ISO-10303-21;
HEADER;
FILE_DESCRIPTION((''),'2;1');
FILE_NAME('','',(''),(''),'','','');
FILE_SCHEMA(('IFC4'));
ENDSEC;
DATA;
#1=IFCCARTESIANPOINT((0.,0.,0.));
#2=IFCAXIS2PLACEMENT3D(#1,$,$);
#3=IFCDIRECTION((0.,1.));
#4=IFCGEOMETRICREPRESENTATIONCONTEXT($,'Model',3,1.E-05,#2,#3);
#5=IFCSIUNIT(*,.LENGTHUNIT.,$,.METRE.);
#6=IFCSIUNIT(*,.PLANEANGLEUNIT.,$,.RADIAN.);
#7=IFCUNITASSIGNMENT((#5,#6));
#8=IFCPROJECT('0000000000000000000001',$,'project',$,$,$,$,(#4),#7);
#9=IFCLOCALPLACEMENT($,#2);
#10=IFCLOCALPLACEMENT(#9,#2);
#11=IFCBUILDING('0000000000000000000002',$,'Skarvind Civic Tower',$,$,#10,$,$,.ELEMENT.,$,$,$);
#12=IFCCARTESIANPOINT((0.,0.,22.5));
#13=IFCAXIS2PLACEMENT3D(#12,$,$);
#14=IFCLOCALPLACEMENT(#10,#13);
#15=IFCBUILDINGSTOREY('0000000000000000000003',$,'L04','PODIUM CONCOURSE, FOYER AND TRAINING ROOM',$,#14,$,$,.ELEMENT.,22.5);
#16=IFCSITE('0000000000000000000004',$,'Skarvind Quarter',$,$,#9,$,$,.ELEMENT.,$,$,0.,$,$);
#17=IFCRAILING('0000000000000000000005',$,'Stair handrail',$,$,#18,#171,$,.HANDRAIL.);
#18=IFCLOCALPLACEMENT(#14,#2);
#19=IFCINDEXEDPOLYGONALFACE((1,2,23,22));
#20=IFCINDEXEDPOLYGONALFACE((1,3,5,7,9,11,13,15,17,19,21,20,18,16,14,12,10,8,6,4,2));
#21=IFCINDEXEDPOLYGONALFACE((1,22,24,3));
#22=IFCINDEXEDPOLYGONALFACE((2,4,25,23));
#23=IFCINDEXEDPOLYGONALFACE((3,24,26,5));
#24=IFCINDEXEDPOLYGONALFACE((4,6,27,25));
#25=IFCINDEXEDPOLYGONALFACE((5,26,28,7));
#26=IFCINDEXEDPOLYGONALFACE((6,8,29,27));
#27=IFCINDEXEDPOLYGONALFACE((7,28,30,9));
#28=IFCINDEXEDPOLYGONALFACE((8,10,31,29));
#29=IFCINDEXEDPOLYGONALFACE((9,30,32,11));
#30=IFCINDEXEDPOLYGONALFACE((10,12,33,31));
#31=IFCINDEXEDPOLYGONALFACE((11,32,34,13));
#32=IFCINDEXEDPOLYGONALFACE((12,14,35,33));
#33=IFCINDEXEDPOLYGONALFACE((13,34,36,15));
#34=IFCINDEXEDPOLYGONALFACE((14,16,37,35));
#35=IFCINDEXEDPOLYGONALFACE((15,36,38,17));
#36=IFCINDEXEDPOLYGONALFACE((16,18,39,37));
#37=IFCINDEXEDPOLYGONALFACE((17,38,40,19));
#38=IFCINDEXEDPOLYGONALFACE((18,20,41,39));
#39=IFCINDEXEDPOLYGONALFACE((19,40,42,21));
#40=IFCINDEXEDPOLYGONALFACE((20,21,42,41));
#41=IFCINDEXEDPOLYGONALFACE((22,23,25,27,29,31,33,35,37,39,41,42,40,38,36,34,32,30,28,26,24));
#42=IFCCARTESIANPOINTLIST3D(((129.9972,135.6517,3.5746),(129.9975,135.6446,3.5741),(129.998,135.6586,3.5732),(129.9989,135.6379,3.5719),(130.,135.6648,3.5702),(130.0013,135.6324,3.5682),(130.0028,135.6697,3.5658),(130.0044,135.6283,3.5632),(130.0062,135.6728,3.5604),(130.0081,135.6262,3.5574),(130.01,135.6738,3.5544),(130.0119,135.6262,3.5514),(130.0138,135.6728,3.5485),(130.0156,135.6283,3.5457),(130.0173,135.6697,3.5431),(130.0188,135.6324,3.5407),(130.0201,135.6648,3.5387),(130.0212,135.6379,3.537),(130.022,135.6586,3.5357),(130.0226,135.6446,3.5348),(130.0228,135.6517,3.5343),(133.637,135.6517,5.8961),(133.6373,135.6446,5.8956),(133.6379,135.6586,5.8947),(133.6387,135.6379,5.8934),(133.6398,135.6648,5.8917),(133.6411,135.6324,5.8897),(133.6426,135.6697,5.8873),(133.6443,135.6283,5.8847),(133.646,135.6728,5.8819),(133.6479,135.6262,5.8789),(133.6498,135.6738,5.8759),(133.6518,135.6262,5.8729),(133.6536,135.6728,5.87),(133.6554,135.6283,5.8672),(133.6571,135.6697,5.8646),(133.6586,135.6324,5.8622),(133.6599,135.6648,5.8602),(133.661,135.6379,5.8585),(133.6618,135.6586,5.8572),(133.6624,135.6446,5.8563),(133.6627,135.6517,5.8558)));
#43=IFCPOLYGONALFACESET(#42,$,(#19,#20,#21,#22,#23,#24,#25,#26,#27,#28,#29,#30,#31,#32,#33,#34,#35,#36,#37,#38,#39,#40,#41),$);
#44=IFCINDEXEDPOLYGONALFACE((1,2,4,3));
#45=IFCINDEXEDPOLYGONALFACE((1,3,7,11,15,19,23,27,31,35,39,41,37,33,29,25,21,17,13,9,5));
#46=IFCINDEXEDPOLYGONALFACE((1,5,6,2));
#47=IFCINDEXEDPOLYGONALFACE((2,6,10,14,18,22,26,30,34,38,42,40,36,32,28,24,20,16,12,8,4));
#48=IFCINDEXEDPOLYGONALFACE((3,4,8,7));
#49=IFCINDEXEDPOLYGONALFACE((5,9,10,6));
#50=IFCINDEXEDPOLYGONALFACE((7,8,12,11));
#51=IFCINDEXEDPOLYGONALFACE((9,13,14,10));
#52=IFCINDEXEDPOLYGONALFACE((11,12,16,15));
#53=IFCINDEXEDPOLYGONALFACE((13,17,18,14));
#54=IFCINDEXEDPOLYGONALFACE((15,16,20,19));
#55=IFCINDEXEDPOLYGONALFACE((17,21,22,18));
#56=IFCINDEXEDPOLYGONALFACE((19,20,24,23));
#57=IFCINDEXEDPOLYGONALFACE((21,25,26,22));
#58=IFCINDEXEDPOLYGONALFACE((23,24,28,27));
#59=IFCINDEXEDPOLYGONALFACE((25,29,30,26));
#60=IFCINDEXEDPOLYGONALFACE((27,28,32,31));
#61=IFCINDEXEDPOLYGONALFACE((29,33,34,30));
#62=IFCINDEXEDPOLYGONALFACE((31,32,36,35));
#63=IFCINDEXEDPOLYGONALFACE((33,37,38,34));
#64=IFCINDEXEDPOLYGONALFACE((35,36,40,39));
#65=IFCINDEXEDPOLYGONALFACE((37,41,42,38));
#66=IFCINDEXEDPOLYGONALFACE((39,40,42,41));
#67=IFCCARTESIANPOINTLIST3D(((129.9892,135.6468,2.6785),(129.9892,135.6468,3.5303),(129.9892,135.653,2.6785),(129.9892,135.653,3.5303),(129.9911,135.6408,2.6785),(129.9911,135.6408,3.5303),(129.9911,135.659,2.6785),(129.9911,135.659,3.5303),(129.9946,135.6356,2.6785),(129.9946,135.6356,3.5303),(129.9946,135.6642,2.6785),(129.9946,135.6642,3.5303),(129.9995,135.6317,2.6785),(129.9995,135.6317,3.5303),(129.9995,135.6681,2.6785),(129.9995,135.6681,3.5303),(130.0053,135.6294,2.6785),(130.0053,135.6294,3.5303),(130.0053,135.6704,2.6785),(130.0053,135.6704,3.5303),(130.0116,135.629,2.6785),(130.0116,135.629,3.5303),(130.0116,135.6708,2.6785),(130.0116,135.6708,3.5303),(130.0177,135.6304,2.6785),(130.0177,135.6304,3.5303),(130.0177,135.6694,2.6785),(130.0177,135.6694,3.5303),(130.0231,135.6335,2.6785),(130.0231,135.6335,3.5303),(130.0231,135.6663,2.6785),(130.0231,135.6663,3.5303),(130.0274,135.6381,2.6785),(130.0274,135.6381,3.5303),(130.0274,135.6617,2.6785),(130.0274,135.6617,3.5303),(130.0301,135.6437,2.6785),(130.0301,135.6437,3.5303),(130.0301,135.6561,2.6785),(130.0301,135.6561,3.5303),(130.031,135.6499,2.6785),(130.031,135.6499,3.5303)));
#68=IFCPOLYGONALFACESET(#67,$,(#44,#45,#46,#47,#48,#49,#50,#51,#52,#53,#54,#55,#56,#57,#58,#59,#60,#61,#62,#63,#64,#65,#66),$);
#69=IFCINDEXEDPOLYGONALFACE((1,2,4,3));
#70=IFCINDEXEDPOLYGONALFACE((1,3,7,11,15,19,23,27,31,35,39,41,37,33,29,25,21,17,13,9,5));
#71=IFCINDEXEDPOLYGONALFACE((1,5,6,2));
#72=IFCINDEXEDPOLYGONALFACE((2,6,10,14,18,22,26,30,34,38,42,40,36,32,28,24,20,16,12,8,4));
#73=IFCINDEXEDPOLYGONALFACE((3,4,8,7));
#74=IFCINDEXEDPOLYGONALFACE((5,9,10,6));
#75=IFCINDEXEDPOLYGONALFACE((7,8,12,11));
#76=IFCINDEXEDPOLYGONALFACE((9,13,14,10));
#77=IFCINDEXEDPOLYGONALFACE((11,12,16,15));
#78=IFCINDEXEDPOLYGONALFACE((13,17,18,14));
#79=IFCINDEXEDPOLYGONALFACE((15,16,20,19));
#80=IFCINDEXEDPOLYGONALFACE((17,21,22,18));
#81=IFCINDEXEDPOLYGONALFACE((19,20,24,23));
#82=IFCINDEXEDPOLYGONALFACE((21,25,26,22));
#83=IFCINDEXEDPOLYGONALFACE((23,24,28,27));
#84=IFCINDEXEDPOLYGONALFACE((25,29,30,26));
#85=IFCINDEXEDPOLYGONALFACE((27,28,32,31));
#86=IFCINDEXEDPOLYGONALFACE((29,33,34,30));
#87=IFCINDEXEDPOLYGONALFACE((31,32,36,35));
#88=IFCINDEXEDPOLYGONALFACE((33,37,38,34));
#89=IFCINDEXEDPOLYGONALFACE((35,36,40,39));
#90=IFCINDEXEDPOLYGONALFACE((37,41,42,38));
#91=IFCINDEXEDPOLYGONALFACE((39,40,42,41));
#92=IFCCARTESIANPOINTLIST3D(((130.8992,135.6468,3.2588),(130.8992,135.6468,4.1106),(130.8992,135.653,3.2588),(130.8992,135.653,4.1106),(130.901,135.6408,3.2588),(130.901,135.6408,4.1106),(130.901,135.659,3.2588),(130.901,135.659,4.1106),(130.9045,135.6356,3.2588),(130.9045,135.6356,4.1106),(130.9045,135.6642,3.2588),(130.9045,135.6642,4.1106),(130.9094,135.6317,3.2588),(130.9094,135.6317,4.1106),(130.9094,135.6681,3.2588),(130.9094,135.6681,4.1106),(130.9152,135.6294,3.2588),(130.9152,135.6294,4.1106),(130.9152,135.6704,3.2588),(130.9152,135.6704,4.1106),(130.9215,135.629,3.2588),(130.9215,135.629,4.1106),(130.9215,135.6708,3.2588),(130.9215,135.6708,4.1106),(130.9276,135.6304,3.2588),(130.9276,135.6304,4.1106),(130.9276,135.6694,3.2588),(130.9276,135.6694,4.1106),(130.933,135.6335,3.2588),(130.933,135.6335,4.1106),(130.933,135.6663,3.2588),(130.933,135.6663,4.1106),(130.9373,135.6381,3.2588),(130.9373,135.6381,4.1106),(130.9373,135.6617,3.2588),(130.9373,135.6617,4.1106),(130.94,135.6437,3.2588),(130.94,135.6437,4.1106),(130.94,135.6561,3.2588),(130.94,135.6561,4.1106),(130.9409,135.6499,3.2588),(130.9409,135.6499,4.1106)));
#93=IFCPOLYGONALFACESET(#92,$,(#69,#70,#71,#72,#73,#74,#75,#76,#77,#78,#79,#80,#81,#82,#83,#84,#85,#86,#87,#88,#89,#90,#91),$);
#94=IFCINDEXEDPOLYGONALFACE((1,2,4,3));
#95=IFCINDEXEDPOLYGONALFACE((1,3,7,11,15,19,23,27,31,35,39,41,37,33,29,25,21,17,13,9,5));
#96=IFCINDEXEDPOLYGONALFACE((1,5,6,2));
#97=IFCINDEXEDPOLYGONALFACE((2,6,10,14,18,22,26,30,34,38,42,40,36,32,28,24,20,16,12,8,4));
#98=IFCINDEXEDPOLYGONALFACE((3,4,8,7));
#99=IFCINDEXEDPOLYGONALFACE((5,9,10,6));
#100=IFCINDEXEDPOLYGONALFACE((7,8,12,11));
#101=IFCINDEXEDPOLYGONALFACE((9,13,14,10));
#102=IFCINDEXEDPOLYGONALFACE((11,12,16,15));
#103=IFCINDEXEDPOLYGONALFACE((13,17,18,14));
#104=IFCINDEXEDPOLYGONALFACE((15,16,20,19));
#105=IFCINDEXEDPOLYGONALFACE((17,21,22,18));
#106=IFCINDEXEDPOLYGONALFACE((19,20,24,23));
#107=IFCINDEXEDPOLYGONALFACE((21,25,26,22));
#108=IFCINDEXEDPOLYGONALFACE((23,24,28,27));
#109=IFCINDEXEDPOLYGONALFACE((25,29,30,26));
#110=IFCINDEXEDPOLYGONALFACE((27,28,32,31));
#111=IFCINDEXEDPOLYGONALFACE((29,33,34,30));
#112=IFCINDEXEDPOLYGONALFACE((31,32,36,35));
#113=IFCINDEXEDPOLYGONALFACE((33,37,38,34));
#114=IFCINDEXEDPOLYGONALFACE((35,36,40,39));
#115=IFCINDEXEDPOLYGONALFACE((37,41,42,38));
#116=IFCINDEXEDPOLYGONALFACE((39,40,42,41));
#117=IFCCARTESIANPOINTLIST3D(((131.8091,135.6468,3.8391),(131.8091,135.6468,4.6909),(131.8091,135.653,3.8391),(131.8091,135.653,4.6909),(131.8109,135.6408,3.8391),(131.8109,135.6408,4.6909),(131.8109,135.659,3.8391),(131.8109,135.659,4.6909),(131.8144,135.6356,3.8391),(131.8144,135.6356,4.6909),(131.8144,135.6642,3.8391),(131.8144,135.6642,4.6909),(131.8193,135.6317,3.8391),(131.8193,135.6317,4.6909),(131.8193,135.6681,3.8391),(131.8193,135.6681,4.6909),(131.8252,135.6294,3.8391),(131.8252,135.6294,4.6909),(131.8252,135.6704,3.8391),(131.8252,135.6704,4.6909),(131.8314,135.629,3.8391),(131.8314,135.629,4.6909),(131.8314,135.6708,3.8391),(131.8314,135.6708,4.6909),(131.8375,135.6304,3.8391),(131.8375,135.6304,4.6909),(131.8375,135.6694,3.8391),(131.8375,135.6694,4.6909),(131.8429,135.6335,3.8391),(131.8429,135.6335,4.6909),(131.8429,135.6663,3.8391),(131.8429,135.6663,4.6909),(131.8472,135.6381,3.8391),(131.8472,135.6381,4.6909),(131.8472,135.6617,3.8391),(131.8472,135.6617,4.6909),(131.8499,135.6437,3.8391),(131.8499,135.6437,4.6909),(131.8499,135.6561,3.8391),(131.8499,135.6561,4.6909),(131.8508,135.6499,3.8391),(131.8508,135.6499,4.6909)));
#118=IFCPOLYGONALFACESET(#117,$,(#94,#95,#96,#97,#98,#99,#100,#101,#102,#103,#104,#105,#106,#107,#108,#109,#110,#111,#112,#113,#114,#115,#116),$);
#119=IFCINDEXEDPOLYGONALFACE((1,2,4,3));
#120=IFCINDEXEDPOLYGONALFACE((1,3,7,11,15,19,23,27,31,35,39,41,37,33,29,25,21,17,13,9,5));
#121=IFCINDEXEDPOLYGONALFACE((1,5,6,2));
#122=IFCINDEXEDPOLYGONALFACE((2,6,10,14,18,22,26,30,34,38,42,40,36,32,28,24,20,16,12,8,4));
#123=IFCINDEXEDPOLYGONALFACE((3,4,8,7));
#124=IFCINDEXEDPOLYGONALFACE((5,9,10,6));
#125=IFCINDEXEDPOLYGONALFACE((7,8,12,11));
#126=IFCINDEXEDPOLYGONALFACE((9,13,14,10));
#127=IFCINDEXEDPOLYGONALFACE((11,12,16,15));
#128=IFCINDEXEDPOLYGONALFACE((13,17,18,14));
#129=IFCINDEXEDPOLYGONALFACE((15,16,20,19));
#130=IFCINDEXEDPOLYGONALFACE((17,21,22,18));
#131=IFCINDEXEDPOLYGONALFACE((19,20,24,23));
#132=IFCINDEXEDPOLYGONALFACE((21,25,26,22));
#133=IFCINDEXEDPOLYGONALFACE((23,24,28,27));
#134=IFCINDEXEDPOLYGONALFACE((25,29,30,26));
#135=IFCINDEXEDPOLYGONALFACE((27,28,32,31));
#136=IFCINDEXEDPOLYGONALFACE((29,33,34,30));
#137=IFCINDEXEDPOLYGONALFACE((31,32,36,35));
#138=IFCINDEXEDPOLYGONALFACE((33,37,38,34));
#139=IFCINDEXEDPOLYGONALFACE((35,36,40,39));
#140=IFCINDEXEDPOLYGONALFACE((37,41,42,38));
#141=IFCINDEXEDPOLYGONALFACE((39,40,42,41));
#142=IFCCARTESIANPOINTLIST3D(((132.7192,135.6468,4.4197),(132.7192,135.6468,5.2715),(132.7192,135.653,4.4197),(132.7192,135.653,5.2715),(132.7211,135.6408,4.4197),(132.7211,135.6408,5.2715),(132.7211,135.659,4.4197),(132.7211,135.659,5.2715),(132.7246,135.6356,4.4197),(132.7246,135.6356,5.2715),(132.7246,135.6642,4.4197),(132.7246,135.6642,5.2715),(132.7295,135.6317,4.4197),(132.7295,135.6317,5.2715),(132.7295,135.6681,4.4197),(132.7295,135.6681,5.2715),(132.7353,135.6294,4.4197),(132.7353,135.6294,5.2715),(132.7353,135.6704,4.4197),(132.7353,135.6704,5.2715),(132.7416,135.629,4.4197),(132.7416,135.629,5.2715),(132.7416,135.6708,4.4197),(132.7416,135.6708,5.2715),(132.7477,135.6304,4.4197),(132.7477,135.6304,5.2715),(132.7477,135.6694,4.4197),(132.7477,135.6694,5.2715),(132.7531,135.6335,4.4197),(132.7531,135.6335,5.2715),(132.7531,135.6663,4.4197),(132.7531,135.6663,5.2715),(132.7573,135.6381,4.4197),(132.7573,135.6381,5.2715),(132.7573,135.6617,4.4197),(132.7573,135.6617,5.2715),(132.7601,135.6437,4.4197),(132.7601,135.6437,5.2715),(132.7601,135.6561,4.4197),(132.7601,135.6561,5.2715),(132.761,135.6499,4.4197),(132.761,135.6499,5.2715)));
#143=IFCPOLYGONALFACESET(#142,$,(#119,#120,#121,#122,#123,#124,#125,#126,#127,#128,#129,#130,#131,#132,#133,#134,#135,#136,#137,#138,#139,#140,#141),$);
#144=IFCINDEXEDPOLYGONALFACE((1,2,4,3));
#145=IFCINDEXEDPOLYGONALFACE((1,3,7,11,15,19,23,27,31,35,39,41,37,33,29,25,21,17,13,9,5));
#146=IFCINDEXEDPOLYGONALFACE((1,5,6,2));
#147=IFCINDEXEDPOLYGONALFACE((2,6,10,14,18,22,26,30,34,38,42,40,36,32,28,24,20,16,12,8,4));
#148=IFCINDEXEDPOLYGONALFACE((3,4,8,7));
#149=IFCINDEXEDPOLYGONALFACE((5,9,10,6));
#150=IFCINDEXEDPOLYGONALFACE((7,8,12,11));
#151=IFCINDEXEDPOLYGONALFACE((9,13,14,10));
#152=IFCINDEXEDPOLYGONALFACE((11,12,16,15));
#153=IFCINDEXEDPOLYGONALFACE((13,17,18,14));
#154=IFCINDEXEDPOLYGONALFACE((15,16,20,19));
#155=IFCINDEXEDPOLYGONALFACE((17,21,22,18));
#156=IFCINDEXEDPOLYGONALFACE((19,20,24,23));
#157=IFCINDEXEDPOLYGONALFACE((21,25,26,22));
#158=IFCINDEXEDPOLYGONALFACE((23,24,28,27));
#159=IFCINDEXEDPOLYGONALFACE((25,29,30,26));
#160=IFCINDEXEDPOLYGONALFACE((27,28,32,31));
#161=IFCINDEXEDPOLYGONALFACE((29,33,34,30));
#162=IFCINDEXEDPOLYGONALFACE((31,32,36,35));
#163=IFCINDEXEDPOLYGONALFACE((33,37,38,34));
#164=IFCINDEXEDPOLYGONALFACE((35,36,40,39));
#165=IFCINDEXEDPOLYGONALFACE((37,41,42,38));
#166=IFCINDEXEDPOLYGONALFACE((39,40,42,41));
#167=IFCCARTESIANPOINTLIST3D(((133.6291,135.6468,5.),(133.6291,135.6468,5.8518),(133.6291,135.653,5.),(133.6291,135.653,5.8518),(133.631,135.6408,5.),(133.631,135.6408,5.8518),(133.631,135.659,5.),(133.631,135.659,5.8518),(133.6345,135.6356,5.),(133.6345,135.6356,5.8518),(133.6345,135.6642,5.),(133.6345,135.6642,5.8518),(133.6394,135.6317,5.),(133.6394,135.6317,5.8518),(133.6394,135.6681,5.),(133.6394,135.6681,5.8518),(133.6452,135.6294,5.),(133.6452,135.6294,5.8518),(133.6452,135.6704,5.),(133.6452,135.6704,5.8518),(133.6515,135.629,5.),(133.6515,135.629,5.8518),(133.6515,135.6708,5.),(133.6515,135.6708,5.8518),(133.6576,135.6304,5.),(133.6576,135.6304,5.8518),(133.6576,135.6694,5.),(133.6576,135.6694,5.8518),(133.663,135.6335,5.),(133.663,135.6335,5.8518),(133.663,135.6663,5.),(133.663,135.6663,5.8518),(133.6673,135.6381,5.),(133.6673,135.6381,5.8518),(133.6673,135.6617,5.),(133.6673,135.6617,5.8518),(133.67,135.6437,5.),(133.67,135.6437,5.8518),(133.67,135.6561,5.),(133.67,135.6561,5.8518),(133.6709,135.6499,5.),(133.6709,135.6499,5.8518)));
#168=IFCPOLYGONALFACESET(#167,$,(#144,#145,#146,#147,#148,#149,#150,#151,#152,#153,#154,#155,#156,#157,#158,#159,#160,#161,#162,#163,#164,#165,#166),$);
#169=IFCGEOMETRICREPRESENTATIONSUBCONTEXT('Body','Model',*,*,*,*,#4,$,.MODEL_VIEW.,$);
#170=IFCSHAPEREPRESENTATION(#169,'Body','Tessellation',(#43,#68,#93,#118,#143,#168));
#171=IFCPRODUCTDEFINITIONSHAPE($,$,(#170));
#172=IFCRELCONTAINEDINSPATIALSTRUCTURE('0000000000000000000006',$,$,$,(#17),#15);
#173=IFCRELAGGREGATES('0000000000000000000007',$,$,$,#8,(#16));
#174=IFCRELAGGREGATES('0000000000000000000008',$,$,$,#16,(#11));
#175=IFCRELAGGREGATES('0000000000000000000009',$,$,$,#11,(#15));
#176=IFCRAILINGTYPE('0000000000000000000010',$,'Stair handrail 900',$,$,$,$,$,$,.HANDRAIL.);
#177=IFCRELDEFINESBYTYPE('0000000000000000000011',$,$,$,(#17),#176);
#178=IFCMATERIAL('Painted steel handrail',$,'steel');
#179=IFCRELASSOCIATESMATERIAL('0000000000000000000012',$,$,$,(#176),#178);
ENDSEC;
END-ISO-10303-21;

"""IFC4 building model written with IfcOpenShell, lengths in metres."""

from ifc_helpers import new_model, si_unit, direction, frame, origin, origin_2d, place, context, subcontext, project, spatial, circle, extrude, material, type_object, element, save


model = new_model("IFC4")

# Units and contexts
model_context = context("Model", 3, precision=1e-05, world=origin(), true_north=direction((0.0, 1.0)))
body_context = subcontext(model_context, "Body", "Model", "MODEL_VIEW")
ifc_project = project(units=[si_unit("LENGTHUNIT", "METRE"), si_unit("PLANEANGLEUNIT", "RADIAN")], contexts=[model_context])

# Site, building, storey
site_placement = place(None, origin())
site = spatial("IfcSite", under=ifc_project, at=site_placement, Name="Skarvind Quarter", CompositionType="ELEMENT", RefElevation=0.0)
building_placement = place(site_placement, origin())
building = spatial("IfcBuilding", under=site, at=building_placement, Name="Skarvind Civic Tower", CompositionType="ELEMENT")
storey_placement = place(building_placement, frame((0.0, 0.0, 22.5)))
storey = spatial("IfcBuildingStorey", under=building, at=storey_placement, Name="L04", Description="PODIUM CONCOURSE, FOYER AND TRAINING ROOM", CompositionType="ELEMENT", Elevation=22.5)

# Railing
ifc_material_1 = material(Name="Painted steel handrail", Category="steel")
railing_type = type_object("IfcRailingType", Name="Stair handrail 900", PredefinedType="HANDRAIL", material=ifc_material_1)
railing_1_placement = place(storey_placement, frame((130.01, 135.6499, 2.6785)))
element("IfcRailing", 1, at=railing_1_placement, inside=storey, type_object=railing_type, Name="Stair handrail", PredefinedType="HANDRAIL", context=body_context, shape_type="SweptSolid", body=[
    extrude(circle(Radius=0.0239, at=origin_2d()), frame((0.0, 0.0, 0.876), z_axis=(0.843112, 0.0, 0.537739), x_axis=(0.0, 1.0, 0.0)), (0.0, 0.0, 1.0), 4.3171),
    extrude(circle(Radius=0.021, at=origin_2d()), origin(), (0.0, 0.0, 1.0), 0.8518),
    extrude(circle(Radius=0.021, at=origin_2d()), frame((0.9099, 0.0, 0.5803)), (0.0, 0.0, 1.0), 0.8518),
    extrude(circle(Radius=0.021, at=origin_2d()), frame((1.8198, 0.0, 1.1606)), (0.0, 0.0, 1.0), 0.8518),
    extrude(circle(Radius=0.021, at=origin_2d()), frame((2.73, 0.0, 1.7412)), (0.0, 0.0, 1.0), 0.8518),
    extrude(circle(Radius=0.021, at=origin_2d()), frame((3.6399, 0.0, 2.3215)), (0.0, 0.0, 1.0), 0.8518),
])

save(model, "model.ifc")
